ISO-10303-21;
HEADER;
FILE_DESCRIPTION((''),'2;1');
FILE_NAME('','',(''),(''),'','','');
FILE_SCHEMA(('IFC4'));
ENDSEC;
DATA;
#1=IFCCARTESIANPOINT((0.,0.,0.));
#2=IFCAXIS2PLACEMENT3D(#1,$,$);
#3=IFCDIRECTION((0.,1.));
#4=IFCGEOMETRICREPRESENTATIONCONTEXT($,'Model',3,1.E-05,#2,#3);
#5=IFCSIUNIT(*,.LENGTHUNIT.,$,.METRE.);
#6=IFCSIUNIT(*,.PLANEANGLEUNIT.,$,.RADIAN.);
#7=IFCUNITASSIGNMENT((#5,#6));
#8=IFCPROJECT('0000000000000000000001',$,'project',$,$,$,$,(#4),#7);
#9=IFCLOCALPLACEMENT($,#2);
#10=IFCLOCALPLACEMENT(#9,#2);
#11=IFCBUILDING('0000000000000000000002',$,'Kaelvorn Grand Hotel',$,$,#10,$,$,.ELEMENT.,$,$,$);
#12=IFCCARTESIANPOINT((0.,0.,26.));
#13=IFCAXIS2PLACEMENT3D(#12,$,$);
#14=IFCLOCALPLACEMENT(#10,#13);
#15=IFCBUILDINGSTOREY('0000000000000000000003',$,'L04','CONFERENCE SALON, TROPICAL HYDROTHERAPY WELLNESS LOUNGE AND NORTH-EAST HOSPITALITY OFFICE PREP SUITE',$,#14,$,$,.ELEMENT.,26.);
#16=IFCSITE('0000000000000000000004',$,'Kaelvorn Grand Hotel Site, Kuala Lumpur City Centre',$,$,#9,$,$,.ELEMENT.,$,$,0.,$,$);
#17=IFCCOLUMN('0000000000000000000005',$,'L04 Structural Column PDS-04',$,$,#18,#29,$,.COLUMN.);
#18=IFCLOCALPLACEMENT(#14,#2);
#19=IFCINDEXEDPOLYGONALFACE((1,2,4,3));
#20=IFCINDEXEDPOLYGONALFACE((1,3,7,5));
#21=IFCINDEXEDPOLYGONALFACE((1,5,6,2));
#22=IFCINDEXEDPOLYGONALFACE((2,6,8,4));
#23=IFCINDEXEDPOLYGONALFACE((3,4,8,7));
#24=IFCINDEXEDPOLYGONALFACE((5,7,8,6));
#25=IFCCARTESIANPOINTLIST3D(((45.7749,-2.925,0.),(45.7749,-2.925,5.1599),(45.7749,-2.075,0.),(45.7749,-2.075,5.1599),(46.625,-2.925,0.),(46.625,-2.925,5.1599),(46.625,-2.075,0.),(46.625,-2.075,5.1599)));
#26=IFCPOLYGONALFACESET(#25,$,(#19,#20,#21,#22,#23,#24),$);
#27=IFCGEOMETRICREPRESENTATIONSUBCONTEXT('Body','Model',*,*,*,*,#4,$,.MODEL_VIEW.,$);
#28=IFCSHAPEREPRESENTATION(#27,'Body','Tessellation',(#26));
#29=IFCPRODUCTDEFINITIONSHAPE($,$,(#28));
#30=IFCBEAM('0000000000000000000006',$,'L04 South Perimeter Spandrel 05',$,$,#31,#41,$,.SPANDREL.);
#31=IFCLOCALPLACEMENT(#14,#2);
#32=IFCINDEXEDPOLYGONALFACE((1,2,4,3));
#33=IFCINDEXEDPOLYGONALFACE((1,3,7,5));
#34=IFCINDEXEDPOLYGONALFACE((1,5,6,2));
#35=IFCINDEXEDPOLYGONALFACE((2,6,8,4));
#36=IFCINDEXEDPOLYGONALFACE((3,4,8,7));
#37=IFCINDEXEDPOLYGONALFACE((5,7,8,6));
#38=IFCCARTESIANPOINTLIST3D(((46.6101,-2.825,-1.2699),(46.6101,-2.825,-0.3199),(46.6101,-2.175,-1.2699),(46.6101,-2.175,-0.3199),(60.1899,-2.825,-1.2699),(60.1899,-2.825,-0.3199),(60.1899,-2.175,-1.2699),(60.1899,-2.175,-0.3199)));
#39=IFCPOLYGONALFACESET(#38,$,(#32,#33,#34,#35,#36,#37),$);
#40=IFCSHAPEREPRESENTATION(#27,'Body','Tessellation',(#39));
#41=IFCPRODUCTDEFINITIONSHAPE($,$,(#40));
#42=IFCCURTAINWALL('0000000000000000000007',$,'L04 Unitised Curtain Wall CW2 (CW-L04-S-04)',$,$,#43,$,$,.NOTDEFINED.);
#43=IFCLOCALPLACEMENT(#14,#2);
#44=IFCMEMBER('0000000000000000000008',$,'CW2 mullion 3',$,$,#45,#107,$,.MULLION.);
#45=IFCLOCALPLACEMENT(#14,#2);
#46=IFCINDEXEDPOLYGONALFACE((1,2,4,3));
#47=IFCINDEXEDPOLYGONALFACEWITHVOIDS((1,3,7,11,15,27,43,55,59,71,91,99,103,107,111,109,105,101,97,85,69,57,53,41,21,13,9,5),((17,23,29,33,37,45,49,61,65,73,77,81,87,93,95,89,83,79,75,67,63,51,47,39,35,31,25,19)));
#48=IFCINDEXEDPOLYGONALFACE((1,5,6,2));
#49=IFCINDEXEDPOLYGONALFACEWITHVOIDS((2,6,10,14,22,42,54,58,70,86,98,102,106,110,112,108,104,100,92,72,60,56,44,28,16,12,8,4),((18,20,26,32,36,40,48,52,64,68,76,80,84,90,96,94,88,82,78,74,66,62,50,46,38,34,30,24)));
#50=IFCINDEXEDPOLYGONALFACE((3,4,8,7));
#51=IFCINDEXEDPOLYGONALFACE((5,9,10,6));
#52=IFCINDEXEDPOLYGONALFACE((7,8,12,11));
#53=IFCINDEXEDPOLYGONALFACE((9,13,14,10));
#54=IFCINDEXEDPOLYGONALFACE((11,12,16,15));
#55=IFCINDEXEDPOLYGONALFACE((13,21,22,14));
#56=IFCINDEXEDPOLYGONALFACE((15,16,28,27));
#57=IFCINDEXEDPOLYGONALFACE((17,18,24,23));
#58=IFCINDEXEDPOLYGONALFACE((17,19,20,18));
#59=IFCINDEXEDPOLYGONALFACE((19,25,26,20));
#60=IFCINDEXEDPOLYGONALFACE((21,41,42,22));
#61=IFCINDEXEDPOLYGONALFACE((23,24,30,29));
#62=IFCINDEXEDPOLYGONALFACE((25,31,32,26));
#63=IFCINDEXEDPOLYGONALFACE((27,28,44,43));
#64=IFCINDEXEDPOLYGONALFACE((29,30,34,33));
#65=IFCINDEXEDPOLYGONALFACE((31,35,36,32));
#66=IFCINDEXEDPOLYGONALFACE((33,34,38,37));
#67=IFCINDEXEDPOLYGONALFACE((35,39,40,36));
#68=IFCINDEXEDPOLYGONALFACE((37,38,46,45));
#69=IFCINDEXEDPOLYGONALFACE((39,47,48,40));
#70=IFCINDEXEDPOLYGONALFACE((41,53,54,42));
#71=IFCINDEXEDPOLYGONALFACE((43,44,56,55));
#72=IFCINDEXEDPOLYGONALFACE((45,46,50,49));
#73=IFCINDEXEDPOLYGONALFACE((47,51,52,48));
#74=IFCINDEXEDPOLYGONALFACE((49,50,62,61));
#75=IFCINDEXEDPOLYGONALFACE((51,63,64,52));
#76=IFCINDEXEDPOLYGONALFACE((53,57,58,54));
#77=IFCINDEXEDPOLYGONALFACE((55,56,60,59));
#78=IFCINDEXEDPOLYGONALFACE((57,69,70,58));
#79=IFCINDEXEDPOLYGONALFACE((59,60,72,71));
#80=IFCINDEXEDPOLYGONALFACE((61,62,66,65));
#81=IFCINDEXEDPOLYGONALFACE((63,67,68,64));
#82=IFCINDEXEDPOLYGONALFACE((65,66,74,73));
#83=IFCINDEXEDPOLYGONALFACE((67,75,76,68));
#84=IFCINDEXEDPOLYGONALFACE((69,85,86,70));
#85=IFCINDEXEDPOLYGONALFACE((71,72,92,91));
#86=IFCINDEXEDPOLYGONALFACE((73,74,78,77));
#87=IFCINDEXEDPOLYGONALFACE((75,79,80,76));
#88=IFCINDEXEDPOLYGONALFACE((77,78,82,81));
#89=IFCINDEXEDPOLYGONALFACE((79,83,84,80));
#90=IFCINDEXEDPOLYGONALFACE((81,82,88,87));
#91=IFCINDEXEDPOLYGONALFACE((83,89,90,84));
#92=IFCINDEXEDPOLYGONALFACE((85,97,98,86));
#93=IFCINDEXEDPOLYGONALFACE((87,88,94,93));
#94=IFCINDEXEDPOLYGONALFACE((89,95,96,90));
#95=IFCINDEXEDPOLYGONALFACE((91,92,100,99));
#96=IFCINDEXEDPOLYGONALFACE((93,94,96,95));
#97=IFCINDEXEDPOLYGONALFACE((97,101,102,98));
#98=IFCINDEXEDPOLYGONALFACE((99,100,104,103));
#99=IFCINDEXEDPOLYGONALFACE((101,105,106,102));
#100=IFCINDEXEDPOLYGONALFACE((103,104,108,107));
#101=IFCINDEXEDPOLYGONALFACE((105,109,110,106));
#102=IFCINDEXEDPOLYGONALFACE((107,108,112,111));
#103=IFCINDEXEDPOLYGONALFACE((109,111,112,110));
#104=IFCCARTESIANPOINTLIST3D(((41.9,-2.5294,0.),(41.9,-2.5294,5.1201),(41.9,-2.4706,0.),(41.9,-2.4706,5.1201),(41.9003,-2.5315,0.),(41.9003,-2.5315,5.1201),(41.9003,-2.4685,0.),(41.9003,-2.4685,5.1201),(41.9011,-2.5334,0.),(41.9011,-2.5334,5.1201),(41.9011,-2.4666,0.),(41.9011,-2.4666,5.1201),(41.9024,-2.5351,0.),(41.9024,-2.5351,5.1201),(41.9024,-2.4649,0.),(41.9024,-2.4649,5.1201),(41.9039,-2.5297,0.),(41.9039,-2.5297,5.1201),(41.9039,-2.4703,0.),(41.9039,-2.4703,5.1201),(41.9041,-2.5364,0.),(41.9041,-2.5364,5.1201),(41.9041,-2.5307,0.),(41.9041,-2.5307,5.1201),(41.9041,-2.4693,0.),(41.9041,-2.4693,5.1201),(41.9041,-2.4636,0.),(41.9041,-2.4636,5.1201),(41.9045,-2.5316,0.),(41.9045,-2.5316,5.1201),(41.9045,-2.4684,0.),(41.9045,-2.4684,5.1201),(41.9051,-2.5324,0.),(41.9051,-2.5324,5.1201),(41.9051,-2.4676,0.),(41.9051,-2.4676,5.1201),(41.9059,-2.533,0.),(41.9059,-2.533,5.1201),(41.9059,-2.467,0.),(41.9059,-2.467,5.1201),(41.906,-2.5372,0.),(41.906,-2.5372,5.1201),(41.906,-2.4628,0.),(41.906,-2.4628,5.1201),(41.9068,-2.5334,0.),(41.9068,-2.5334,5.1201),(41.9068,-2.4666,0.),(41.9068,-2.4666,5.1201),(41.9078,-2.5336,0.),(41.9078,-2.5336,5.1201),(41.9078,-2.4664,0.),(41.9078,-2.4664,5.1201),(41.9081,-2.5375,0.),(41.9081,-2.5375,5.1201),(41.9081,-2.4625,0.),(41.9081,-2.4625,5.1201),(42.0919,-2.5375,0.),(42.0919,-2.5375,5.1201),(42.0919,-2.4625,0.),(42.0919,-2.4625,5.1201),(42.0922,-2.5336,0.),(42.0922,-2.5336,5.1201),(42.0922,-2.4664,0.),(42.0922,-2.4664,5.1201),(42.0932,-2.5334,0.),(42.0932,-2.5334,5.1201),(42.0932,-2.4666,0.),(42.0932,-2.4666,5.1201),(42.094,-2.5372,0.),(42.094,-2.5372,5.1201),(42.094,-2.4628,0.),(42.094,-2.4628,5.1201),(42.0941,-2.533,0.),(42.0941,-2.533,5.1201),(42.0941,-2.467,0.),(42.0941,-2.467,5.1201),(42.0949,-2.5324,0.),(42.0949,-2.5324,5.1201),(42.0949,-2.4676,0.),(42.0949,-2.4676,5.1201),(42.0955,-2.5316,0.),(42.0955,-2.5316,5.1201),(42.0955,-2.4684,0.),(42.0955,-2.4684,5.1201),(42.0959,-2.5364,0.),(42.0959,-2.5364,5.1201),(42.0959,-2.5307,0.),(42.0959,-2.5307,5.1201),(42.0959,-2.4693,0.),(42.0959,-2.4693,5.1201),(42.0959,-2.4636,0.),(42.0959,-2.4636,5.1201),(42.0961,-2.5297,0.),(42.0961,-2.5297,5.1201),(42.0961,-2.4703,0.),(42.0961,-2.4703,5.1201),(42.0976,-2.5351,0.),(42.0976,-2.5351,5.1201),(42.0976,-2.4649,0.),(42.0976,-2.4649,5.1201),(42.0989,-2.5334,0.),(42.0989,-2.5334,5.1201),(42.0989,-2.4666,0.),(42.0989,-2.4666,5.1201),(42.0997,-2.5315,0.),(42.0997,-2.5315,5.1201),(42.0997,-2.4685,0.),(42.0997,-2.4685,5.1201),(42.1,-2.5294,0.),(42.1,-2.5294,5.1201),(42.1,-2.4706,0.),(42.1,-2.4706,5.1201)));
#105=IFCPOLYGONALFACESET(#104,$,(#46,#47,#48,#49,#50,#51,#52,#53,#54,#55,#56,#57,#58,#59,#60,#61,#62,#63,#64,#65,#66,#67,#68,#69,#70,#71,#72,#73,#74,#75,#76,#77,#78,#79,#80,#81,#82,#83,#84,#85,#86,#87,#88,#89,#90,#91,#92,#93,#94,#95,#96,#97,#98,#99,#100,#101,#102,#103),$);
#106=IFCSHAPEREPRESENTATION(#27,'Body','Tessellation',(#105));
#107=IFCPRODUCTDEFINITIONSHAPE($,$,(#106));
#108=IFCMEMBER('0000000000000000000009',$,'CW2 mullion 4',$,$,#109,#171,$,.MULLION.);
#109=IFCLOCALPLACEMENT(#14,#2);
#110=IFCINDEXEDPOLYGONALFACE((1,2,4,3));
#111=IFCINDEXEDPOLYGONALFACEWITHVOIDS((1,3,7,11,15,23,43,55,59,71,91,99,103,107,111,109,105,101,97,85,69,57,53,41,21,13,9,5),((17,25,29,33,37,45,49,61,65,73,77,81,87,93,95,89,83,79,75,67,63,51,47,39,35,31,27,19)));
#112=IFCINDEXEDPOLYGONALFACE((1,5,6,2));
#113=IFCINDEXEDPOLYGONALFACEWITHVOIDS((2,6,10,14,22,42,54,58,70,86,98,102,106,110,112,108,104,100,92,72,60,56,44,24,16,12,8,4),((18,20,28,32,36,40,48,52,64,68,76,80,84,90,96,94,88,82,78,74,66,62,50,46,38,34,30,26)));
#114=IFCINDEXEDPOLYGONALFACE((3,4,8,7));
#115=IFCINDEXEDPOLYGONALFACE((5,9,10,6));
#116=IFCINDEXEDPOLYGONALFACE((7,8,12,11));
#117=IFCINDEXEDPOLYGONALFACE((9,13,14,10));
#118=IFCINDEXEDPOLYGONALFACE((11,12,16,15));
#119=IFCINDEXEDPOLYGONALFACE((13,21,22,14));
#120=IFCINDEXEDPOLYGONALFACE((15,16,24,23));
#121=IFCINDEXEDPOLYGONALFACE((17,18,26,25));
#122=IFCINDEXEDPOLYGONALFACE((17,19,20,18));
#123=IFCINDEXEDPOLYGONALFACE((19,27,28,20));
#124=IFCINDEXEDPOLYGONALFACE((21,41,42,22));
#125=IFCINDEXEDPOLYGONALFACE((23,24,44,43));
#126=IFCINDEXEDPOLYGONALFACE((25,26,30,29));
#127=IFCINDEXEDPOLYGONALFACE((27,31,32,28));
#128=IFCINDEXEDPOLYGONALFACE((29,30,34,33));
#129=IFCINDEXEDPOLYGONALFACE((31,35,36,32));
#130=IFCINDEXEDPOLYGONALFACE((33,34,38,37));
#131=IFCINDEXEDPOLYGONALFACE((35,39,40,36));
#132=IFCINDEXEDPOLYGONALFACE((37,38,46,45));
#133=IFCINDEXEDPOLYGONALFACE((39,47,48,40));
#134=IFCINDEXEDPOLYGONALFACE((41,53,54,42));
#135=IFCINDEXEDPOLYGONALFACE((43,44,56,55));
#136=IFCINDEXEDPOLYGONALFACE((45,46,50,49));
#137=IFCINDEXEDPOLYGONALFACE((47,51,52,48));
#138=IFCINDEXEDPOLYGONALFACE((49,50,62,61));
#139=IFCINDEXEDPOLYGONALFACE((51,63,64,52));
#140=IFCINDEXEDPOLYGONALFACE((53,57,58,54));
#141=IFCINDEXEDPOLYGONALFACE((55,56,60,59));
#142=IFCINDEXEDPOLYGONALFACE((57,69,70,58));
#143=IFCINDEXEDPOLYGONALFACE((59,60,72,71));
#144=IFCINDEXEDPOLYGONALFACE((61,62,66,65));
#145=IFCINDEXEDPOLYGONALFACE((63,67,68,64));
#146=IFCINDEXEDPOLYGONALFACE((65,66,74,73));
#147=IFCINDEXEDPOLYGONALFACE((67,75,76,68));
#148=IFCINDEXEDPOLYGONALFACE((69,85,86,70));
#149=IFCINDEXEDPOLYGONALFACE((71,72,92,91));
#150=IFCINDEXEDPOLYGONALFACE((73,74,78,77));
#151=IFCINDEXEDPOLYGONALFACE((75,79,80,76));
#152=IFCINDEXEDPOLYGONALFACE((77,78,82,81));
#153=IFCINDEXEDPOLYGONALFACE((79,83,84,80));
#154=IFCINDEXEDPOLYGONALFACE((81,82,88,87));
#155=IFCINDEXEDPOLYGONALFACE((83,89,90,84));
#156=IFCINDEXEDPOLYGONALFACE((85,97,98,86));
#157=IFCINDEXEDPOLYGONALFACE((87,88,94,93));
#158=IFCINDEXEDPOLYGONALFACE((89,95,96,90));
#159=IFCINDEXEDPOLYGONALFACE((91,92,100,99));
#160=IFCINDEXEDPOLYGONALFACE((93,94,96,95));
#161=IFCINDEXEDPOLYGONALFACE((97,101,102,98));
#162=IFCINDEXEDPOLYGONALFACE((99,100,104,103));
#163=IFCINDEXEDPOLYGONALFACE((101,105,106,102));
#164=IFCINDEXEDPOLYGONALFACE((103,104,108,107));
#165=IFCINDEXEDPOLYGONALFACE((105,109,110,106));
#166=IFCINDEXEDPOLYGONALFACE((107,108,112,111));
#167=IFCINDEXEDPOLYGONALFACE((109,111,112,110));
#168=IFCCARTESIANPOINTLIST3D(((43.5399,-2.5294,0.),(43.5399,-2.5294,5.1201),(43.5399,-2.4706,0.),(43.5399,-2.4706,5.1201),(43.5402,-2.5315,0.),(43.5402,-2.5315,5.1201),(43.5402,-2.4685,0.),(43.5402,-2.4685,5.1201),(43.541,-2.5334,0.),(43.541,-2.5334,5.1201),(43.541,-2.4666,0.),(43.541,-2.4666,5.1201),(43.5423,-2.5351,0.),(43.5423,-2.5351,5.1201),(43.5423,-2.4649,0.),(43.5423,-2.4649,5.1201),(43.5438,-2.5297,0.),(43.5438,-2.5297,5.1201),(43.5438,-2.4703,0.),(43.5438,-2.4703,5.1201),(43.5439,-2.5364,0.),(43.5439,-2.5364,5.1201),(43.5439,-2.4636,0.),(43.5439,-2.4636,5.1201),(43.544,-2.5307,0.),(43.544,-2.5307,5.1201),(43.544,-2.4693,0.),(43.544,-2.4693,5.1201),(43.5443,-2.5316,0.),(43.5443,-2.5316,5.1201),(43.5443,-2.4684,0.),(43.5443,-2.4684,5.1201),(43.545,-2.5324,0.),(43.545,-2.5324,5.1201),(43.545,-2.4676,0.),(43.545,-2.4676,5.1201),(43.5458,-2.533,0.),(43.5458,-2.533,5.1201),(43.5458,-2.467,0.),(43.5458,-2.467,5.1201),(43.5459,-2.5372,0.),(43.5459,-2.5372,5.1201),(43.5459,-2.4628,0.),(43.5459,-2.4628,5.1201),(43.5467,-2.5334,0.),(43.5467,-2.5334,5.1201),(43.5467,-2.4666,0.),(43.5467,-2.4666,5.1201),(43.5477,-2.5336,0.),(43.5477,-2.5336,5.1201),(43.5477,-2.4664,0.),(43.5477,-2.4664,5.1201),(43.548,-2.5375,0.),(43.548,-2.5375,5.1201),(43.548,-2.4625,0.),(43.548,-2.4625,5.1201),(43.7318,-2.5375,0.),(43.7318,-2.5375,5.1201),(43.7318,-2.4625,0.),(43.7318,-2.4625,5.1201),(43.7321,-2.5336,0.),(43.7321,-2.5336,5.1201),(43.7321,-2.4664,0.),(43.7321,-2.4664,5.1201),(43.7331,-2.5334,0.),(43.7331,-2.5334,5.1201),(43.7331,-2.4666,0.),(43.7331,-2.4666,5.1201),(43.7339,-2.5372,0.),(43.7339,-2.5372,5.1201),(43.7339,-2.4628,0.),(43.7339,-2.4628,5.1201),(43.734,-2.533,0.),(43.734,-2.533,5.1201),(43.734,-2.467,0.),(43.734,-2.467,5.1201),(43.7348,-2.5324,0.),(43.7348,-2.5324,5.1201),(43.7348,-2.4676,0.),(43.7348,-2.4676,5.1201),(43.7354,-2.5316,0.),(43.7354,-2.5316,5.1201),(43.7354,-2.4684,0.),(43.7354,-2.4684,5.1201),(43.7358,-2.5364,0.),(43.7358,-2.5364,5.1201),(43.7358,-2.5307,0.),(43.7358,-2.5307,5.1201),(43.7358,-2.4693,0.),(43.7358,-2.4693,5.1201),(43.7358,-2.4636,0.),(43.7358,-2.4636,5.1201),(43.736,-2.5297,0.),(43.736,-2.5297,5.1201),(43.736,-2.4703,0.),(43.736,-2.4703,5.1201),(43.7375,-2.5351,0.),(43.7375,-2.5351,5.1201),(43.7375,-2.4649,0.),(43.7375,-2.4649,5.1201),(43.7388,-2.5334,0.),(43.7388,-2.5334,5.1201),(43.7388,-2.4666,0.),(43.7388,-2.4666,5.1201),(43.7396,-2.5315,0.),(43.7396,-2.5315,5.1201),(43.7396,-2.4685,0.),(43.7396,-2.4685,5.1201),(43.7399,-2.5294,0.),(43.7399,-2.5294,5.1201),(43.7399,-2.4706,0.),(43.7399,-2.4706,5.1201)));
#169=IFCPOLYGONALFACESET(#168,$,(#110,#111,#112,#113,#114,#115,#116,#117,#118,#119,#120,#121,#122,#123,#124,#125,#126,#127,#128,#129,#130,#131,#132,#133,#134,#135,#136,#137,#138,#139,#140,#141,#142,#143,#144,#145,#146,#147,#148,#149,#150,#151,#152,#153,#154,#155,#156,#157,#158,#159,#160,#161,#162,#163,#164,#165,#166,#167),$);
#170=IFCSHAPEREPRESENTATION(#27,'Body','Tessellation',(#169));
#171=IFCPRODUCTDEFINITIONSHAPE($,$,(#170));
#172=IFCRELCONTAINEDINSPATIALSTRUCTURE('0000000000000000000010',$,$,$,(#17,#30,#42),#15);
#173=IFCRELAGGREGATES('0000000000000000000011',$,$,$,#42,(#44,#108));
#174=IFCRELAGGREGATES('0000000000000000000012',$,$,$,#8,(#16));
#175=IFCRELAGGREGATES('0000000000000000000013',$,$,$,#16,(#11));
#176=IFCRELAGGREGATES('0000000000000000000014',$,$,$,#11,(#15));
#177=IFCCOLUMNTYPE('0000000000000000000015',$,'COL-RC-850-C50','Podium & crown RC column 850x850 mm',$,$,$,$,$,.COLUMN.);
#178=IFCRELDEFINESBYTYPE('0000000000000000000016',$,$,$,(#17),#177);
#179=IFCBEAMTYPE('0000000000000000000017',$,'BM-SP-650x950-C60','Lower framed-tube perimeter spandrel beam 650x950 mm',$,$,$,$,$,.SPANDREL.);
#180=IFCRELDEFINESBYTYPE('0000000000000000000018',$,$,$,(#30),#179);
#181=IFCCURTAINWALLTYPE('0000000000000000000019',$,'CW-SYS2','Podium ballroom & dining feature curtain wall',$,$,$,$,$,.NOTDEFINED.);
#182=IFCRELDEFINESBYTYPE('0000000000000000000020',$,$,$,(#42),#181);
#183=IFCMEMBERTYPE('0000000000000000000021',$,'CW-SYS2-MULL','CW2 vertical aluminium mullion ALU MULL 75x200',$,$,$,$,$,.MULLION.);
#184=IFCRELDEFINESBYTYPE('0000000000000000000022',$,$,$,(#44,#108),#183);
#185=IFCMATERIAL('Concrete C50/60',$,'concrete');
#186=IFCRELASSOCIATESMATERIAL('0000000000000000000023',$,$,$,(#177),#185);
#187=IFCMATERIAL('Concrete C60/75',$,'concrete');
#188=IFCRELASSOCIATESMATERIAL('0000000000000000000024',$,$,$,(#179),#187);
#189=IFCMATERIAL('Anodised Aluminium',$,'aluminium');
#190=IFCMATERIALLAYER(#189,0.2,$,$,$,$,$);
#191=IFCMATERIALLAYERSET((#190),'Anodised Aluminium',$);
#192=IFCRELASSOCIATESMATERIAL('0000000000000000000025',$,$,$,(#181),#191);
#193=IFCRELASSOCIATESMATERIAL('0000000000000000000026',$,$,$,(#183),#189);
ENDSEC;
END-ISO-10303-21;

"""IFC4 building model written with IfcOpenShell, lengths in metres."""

from ifc_helpers import new_model, si_unit, direction, frame, origin, origin_2d, place, context, subcontext, project, spatial, rectangle, hollow_rectangle, extrude, material, layer, layer_set, material_profile, profile_set, type_object, element, aggregate, save


model = new_model("IFC4")

# Units and contexts
model_context = context("Model", 3, precision=1e-05, world=origin(), true_north=direction((0.0, 1.0)))
body_context = subcontext(model_context, "Body", "Model", "MODEL_VIEW")
ifc_project = project(units=[si_unit("LENGTHUNIT", "METRE"), si_unit("PLANEANGLEUNIT", "RADIAN")], contexts=[model_context])

# Site, building, storey
site_placement = place(None, origin())
site = spatial("IfcSite", under=ifc_project, at=site_placement, Name="Kaelvorn Grand Hotel Site, Kuala Lumpur City Centre", CompositionType="ELEMENT", RefElevation=0.0)
building_placement = place(site_placement, origin())
building = spatial("IfcBuilding", under=site, at=building_placement, Name="Kaelvorn Grand Hotel", CompositionType="ELEMENT")
storey_placement = place(building_placement, frame((0.0, 0.0, 26.0)))
storey = spatial("IfcBuildingStorey", under=building, at=storey_placement, Name="L04", Description="CONFERENCE SALON, TROPICAL HYDROTHERAPY WELLNESS LOUNGE AND NORTH-EAST HOSPITALITY OFFICE PREP SUITE", CompositionType="ELEMENT", Elevation=26.0)

# Column
ifc_material_1 = material(Name="Concrete C50/60", Category="concrete")
ifc_material_profile_1 = material_profile(ifc_material_1, rectangle(XDim=0.8501, YDim=0.8501, at=origin_2d()), Name="RC COL 850x850")
ifc_profile_set_1 = profile_set([ifc_material_profile_1], Name="Concrete C50/60")
column_type = type_object("IfcColumnType", Name="COL-RC-850-C50", Description="Podium & crown RC column 850x850 mm", PredefinedType="COLUMN", material=ifc_profile_set_1)
column_placement = place(storey_placement, frame((46.2, -2.5, 0.0), z_axis=(0.0, 0.0, 1.0), x_axis=(1.0, 0.0, 0.0)))
element("IfcColumn", 1, at=column_placement, inside=storey, type_object=column_type, Name="L04 Structural Column PDS-04", PredefinedType="COLUMN", context=body_context, shape_type="SweptSolid", body=[
    extrude(rectangle(XDim=0.8501, YDim=0.8501, at=origin_2d()), origin(), (0.0, 0.0, 1.0), 5.1599),
])

# Beam
ifc_material_2 = material(Name="Concrete C60/75", Category="concrete")
ifc_material_profile_2 = material_profile(ifc_material_2, rectangle(XDim=0.6499, YDim=0.95, at=origin_2d()), Name="RC SPANDREL 650x950")
ifc_profile_set_2 = profile_set([ifc_material_profile_2], Name="Concrete C60/75")
beam_type = type_object("IfcBeamType", Name="BM-SP-650x950-C60", Description="Lower framed-tube perimeter spandrel beam 650x950 mm", PredefinedType="SPANDREL", material=ifc_profile_set_2)
beam_placement = place(storey_placement, frame((46.6101, -2.5, -0.7949), z_axis=(1.0, 0.0, 0.0), x_axis=(0.0, 1.0, 0.0)))
element("IfcBeam", 2, at=beam_placement, inside=storey, type_object=beam_type, Name="L04 South Perimeter Spandrel 05", PredefinedType="SPANDREL", context=body_context, shape_type="SweptSolid", body=[
    extrude(rectangle(XDim=0.6499, YDim=0.95, at=origin_2d()), origin(), (0.0, 0.0, 1.0), 13.5798),
])

# Curtain wall, members
ifc_material_3 = material(Name="Anodised Aluminium", Category="aluminium")
ifc_layer_1 = layer(ifc_material_3, 0.2)
ifc_layer_set_1 = layer_set([ifc_layer_1], Name="Anodised Aluminium")
curtain_wall_type = type_object("IfcCurtainWallType", Name="CW-SYS2", Description="Podium ballroom & dining feature curtain wall", PredefinedType="NOTDEFINED", material=ifc_layer_set_1)
curtain_wall_1_placement = place(storey_placement, origin())
curtain_wall_1 = element("IfcCurtainWall", 3, at=curtain_wall_1_placement, inside=storey, type_object=curtain_wall_type, Name="L04 Unitised Curtain Wall CW2 (CW-L04-S-04)", PredefinedType="NOTDEFINED")
ifc_material_profile_3 = material_profile(ifc_material_3, hollow_rectangle(XDim=0.075, YDim=0.2, WallThickness=0.0039, InnerFilletRadius=0.0039, OuterFilletRadius=0.0081, at=origin_2d()), Name="ALU MULL 75x200")
ifc_profile_set_3 = profile_set([ifc_material_profile_3], Name="Anodised Aluminium")
member_type_1 = type_object("IfcMemberType", Name="CW-SYS2-MULL", Description="CW2 vertical aluminium mullion ALU MULL 75x200", PredefinedType="MULLION", material=ifc_profile_set_3)
member_1_placement = place(storey_placement, frame((42.0, -2.5, 0.0), z_axis=(0.0, 0.0, 1.0), x_axis=(0.0, 1.0, 0.0)))
member_1 = element("IfcMember", 4, at=member_1_placement, type_object=member_type_1, Name="CW2 mullion 3", PredefinedType="MULLION", context=body_context, shape_type="SweptSolid", body=[
    extrude(hollow_rectangle(XDim=0.075, YDim=0.2, WallThickness=0.0039, InnerFilletRadius=0.0039, OuterFilletRadius=0.0081, at=origin_2d()), origin(), (0.0, 0.0, 1.0), 5.1201),
])
member_2_placement = place(storey_placement, frame((43.6399, -2.5, 0.0), z_axis=(0.0, 0.0, 1.0), x_axis=(0.0, 1.0, 0.0)))
member_2 = element("IfcMember", 5, at=member_2_placement, type_object=member_type_1, Name="CW2 mullion 4", PredefinedType="MULLION", context=body_context, shape_type="SweptSolid", body=[
    extrude(hollow_rectangle(XDim=0.075, YDim=0.2, WallThickness=0.0039, InnerFilletRadius=0.0039, OuterFilletRadius=0.0081, at=origin_2d()), origin(), (0.0, 0.0, 1.0), 5.1201),
])

aggregate(curtain_wall_1, [member_1, member_2])

save(model, "model.ifc")
